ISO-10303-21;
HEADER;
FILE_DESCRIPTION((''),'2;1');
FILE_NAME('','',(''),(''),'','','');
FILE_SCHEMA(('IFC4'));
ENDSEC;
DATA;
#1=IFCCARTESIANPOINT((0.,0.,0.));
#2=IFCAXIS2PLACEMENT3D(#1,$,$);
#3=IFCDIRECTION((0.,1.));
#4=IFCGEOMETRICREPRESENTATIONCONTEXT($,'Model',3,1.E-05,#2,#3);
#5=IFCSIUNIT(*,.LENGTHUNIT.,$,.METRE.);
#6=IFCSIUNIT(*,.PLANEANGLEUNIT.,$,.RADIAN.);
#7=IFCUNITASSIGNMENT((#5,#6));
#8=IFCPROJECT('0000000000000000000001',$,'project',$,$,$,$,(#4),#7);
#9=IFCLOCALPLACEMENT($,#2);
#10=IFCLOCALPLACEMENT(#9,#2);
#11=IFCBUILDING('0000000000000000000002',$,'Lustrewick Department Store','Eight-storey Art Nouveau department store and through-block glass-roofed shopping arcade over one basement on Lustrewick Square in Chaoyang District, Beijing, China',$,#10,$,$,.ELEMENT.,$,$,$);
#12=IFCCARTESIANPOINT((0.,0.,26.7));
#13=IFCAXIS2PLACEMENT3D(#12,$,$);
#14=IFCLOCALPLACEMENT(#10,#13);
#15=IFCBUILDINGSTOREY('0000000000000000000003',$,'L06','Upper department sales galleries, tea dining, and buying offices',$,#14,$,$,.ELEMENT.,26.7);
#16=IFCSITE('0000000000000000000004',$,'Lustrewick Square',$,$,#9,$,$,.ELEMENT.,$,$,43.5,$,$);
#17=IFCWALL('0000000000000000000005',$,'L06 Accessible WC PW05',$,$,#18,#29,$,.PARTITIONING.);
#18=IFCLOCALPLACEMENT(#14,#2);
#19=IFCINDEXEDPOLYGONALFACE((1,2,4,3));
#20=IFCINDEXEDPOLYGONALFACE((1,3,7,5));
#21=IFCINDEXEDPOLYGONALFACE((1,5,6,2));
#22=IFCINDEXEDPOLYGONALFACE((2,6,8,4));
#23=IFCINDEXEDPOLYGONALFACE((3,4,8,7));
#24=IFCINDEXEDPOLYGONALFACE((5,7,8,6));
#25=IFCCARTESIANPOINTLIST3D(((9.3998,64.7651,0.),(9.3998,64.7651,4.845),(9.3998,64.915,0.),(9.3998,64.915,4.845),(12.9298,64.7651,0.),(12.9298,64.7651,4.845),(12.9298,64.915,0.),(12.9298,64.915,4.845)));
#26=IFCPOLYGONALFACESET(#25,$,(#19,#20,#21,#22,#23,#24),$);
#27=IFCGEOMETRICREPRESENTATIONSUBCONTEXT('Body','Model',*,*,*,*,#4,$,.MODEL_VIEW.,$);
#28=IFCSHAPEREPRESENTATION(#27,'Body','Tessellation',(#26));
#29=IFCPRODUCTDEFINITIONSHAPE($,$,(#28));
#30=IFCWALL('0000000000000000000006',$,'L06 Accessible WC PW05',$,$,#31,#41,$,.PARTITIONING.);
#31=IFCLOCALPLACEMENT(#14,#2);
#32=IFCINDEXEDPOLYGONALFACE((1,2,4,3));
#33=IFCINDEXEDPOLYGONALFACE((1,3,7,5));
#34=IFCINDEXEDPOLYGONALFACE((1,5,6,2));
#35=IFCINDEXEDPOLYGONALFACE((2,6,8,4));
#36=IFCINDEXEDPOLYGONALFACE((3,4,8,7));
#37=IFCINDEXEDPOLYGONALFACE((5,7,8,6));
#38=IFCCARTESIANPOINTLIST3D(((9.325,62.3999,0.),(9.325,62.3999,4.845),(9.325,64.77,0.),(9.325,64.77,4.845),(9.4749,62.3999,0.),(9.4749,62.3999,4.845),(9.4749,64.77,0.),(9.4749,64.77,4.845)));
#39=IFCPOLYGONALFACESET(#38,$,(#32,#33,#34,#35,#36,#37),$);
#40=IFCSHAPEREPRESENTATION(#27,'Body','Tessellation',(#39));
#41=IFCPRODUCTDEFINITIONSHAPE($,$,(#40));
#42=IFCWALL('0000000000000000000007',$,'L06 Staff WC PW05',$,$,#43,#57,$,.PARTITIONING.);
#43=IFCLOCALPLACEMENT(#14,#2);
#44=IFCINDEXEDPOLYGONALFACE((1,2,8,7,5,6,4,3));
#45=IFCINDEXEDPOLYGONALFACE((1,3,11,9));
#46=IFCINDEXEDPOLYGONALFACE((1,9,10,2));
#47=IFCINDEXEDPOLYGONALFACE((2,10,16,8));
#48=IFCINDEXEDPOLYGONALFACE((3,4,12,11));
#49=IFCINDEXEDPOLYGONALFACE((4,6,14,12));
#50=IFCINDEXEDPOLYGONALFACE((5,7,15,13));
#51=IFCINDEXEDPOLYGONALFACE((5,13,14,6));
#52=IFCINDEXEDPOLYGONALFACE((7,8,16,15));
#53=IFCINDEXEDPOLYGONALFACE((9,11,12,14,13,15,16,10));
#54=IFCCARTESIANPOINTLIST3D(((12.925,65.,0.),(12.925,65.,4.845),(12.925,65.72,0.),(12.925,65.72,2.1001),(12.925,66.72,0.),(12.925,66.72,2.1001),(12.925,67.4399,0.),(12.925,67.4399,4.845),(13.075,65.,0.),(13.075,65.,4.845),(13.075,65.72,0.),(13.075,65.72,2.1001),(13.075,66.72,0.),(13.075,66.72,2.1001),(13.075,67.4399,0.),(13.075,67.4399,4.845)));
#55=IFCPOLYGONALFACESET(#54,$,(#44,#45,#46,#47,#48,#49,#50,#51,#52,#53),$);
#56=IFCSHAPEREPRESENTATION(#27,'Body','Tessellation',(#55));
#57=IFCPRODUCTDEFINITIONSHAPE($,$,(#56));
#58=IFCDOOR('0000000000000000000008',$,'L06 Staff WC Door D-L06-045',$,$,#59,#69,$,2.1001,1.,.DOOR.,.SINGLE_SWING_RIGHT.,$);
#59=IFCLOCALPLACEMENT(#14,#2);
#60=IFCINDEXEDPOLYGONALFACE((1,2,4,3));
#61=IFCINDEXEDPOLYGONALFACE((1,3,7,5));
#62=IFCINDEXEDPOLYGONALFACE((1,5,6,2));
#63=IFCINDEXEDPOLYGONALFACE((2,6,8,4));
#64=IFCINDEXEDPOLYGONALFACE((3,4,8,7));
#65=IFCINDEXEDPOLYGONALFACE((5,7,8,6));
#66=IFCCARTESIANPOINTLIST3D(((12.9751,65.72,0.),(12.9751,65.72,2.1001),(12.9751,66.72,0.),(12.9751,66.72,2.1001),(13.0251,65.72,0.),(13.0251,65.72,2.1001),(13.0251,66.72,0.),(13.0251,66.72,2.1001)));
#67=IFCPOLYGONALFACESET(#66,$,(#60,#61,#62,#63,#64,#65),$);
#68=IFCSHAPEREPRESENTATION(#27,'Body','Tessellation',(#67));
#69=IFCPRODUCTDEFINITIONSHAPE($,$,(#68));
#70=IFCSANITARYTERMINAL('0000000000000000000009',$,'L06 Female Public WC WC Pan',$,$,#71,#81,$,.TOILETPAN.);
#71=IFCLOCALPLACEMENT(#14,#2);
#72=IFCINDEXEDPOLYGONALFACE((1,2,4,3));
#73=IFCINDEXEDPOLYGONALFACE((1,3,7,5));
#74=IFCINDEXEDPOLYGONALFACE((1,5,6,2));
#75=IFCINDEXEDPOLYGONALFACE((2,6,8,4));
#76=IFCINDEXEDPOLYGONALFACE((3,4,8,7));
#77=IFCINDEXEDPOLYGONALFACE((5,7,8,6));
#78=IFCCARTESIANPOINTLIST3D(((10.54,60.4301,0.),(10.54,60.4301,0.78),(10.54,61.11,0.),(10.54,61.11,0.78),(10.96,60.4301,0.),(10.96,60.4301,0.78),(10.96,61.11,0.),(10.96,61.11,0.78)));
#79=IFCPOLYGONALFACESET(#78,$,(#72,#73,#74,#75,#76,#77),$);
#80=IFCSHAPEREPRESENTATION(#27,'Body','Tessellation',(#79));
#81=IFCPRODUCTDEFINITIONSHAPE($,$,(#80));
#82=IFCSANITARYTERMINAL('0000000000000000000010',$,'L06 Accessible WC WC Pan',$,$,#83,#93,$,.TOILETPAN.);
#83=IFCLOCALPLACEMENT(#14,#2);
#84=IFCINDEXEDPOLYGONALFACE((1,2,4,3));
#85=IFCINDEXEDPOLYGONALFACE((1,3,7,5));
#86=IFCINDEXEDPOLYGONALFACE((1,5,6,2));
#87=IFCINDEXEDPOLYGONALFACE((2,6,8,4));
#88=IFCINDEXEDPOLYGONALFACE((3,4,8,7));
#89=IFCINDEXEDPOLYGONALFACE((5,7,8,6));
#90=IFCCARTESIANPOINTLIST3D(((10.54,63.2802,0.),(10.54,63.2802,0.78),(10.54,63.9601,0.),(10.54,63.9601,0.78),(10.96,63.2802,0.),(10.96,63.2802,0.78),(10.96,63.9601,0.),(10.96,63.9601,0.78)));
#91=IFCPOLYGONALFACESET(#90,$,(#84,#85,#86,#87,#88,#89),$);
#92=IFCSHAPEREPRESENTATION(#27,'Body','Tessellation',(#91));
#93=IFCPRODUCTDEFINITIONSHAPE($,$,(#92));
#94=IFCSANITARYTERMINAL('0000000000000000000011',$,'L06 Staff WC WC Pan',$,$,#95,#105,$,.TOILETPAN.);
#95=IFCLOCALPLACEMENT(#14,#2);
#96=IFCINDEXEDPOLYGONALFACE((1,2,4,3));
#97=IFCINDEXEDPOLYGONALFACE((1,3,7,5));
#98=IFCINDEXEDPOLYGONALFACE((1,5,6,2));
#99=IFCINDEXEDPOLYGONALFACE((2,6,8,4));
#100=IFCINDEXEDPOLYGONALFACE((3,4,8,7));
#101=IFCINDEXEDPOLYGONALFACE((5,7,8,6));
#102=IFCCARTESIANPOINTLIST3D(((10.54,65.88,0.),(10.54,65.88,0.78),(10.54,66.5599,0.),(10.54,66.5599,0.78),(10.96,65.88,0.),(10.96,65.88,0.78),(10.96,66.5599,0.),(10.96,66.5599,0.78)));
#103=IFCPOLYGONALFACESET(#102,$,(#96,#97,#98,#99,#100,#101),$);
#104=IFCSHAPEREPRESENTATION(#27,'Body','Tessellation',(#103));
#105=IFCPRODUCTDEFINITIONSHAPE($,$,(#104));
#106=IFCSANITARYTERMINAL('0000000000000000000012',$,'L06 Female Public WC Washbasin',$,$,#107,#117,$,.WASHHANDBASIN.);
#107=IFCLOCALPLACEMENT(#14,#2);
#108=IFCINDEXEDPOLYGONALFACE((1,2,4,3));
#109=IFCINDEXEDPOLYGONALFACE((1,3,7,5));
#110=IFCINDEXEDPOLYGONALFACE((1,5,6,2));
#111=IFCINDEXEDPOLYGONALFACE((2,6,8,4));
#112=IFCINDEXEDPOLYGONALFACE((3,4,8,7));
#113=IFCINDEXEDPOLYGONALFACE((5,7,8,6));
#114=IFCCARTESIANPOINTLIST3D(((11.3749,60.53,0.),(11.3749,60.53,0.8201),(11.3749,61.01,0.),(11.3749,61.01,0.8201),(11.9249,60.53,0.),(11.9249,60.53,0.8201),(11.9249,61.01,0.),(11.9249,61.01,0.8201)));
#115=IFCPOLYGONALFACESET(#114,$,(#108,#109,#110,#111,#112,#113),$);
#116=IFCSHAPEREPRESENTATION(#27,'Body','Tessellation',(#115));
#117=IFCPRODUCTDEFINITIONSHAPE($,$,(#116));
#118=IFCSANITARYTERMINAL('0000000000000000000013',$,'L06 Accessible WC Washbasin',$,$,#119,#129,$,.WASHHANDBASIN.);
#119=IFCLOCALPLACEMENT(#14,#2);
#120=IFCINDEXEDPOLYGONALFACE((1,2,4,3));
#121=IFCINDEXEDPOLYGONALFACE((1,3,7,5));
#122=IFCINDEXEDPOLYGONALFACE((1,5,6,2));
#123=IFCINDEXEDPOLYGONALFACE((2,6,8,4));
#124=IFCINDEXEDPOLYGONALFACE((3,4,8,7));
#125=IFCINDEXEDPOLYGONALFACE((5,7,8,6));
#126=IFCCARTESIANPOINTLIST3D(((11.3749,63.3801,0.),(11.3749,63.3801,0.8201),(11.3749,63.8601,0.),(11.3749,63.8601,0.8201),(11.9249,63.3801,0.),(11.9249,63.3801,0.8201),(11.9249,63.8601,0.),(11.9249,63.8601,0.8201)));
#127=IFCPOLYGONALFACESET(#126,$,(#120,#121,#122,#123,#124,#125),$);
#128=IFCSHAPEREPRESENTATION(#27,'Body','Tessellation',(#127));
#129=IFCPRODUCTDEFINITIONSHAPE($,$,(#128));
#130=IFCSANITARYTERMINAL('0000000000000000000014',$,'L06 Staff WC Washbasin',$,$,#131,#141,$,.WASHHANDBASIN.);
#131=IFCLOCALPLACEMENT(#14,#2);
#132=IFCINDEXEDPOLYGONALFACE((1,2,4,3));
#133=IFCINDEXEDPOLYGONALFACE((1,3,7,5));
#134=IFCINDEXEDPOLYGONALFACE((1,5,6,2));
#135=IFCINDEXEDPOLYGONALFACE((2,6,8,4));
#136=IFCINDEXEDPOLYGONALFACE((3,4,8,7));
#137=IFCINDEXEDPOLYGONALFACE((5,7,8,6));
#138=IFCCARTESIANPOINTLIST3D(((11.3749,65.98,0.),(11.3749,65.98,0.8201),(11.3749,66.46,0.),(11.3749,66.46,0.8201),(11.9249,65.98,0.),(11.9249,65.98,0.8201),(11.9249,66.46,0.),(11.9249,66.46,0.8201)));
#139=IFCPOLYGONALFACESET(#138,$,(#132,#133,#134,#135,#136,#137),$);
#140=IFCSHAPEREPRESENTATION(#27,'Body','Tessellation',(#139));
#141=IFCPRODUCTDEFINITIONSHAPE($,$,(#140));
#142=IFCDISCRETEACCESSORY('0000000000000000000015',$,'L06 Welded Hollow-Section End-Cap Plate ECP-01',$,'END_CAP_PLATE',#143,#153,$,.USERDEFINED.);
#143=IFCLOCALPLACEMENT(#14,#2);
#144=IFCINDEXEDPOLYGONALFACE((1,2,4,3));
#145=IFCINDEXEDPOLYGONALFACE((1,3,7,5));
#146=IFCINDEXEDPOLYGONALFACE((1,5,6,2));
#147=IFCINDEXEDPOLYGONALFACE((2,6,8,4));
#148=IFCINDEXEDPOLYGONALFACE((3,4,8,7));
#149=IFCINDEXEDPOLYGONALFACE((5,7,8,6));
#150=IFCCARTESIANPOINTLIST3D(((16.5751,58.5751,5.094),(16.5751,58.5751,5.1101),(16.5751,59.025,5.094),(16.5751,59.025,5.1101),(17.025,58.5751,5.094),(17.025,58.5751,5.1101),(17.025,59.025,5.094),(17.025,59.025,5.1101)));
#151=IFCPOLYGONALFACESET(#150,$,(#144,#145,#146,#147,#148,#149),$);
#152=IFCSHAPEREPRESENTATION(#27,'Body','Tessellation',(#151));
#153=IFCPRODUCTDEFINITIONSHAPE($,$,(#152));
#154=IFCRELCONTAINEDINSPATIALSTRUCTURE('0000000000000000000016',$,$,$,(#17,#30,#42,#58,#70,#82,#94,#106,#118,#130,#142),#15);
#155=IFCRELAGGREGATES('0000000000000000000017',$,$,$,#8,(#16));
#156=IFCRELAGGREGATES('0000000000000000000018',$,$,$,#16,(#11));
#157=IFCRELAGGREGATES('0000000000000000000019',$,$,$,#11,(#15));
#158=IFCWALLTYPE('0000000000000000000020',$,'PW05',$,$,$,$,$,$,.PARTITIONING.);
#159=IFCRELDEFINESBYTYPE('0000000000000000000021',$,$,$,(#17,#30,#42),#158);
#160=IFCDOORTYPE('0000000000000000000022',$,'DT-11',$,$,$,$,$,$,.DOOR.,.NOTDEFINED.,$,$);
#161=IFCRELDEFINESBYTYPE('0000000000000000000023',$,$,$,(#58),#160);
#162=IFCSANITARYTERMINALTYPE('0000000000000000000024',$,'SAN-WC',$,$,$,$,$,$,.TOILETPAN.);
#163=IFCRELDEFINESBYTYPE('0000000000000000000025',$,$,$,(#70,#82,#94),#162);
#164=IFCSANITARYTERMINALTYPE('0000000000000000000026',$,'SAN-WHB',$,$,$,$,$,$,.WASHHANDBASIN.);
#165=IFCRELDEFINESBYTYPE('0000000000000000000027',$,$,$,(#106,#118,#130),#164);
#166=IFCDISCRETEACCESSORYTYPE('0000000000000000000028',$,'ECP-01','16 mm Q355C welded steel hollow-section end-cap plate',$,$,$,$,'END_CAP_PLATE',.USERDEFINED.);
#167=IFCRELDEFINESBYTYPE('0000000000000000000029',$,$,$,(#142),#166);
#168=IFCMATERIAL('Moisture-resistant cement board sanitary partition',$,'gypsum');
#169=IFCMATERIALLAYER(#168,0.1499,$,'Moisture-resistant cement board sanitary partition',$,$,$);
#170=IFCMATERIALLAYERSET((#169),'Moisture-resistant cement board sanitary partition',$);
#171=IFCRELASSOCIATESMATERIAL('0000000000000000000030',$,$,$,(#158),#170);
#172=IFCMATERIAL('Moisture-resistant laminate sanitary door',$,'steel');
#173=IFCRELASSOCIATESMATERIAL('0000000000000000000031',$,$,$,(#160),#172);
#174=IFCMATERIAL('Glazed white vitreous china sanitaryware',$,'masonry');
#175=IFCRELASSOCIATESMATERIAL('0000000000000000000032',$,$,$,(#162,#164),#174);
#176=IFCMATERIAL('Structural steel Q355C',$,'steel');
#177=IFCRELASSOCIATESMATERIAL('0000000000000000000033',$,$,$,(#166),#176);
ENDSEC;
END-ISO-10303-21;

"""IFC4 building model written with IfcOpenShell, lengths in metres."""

from ifc_helpers import new_model, si_unit, direction, frame, frame_2d, origin, origin_2d, place, context, subcontext, project, spatial, rectangle, extrude, material, layer, layer_set, type_object, element, fill, save


model = new_model("IFC4")

# Units and contexts
model_context = context("Model", 3, precision=1e-05, world=origin(), true_north=direction((0.0, 1.0)))
body_context = subcontext(model_context, "Body", "Model", "MODEL_VIEW")
ifc_project = project(units=[si_unit("LENGTHUNIT", "METRE"), si_unit("PLANEANGLEUNIT", "RADIAN")], contexts=[model_context])

# Site, building, storey
site_placement = place(None, origin())
site = spatial("IfcSite", under=ifc_project, at=site_placement, Name="Lustrewick Square", CompositionType="ELEMENT", RefElevation=43.5)
building_placement = place(site_placement, origin())
building = spatial("IfcBuilding", under=site, at=building_placement, Name="Lustrewick Department Store", Description="Eight-storey Art Nouveau department store and through-block glass-roofed shopping arcade over one basement on Lustrewick Square in Chaoyang District, Beijing, China", CompositionType="ELEMENT")
storey_placement = place(building_placement, frame((0.0, 0.0, 26.7)))
storey = spatial("IfcBuildingStorey", under=building, at=storey_placement, Name="L06", Description="Upper department sales galleries, tea dining, and buying offices", CompositionType="ELEMENT", Elevation=26.7)

# Shared definitions
ifc_material_1 = material(Name="Structural steel Q355C", Category="steel")

# Shared definitions
ifc_material_2 = material(Name="Moisture-resistant cement board sanitary partition", Category="gypsum")
ifc_layer = layer(ifc_material_2, 0.1499, Name="Moisture-resistant cement board sanitary partition")
ifc_layer_set = layer_set([ifc_layer], Name="Moisture-resistant cement board sanitary partition")
wall_type = type_object("IfcWallType", Name="PW05", PredefinedType="PARTITIONING", material=ifc_layer_set)

# Shared definitions
ifc_material_3 = material(Name="Moisture-resistant laminate sanitary door", Category="steel")
door_type_1 = type_object("IfcDoorType", Name="DT-11", OperationType="NOTDEFINED", PredefinedType="DOOR", material=ifc_material_3)

# Walls
wall_1_placement = place(storey_placement, frame((12.9299, 64.8401, 0.0), z_axis=(0.0, 0.0, 1.0), x_axis=(-1.0, 0.0, 0.0)))
element("IfcWall", 1, at=wall_1_placement, inside=storey, type_object=wall_type, Name="L06 Accessible WC PW05", PredefinedType="PARTITIONING", context=body_context, shape_type="SweptSolid", body=[
    extrude(rectangle(XDim=3.53, YDim=0.1499, at=frame_2d((1.7651, 0.0))), origin(), (0.0, 0.0, 1.0), 4.845),
])
wall_2_placement = place(storey_placement, frame((9.3999, 64.77, 0.0), z_axis=(0.0, 0.0, 1.0), x_axis=(0.0, -1.0, 0.0)))
element("IfcWall", 2, at=wall_2_placement, inside=storey, type_object=wall_type, Name="L06 Accessible WC PW05", PredefinedType="PARTITIONING", context=body_context, shape_type="SweptSolid", body=[
    extrude(rectangle(XDim=2.3701, YDim=0.1499, at=frame_2d((1.1851, 0.0))), origin(), (0.0, 0.0, 1.0), 4.845),
])

# Wall, opening, door
wall_3_placement = place(storey_placement, frame((13.0, 65.0, 0.0), z_axis=(0.0, 0.0, 1.0), x_axis=(0.0, 1.0, 0.0)))
wall_3 = element("IfcWall", 3, at=wall_3_placement, inside=storey, type_object=wall_type, Name="L06 Staff WC PW05", PredefinedType="PARTITIONING", context=body_context, shape_type="SweptSolid", body=[
    extrude(rectangle(XDim=2.4399, YDim=0.1499, at=frame_2d((1.22, 0.0))), origin(), (0.0, 0.0, 1.0), 4.845),
])
opening_1_placement = place(wall_3_placement, frame((0.72, 0.0, 0.0)))
opening_1 = element("IfcOpeningElement", 4, at=opening_1_placement, cuts=wall_3, PredefinedType="OPENING", context=body_context, shape_type="SweptSolid", body=[
    extrude(rectangle(XDim=1.0, YDim=2.1001, at=frame_2d((0.5, 1.05))), frame((0.0, 0.085, 0.0), z_axis=(0.0, -1.0, 0.0), x_axis=(1.0, 0.0, 0.0)), (0.0, 0.0, 1.0), 0.1699),
])
door_1_placement = place(opening_1_placement, origin())
door_1 = element("IfcDoor", 5, at=door_1_placement, inside=storey, type_object=door_type_1, Name="L06 Staff WC Door D-L06-045", OperationType="SINGLE_SWING_RIGHT", OverallHeight=2.1001, OverallWidth=1.0, PredefinedType="DOOR", context=body_context, shape_type="SweptSolid", body=[
    extrude(rectangle(XDim=1.0, YDim=2.1001, at=frame_2d((0.5, 1.05))), frame((0.0, 0.0249, 0.0), z_axis=(0.0, -1.0, 0.0), x_axis=(1.0, 0.0, 0.0)), (0.0, 0.0, 1.0), 0.05),
])
fill(opening_1, door_1)

# Sanitary terminals
ifc_material_4 = material(Name="Glazed white vitreous china sanitaryware", Category="masonry")
sanitary_terminal_type_1 = type_object("IfcSanitaryTerminalType", Name="SAN-WC", PredefinedType="TOILETPAN", material=ifc_material_4)
for number, where, z_axis, x_axis, name in (
    (6, (10.75, 60.77, 0.0), (0.0, 0.0, 1.0), (1.0, 0.0, 0.0), "L06 Female Public WC WC Pan"),
    (7, (10.75, 63.6201, 0.0), (0.0, 0.0, 1.0), (1.0, 0.0, 0.0), "L06 Accessible WC WC Pan"),
    (8, (10.75, 66.22, 0.0), (0.0, 0.0, 1.0), (1.0, 0.0, 0.0), "L06 Staff WC WC Pan"),
):
    element("IfcSanitaryTerminal", number, at=place(storey_placement, frame(where, z_axis=z_axis, x_axis=x_axis)), inside=storey, type_object=sanitary_terminal_type_1, Name=name, PredefinedType="TOILETPAN", context=body_context, shape_type="SweptSolid", body=[
        extrude(rectangle(XDim=0.4199, YDim=0.6799, at=origin_2d()), origin(), (0.0, 0.0, 1.0), 0.78),
    ])
sanitary_terminal_type_2 = type_object("IfcSanitaryTerminalType", Name="SAN-WHB", PredefinedType="WASHHANDBASIN", material=ifc_material_4)
for number, where, z_axis, x_axis, name in (
    (9, (11.6499, 60.77, 0.0), (0.0, 0.0, 1.0), (1.0, 0.0, 0.0), "L06 Female Public WC Washbasin"),
    (10, (11.6499, 63.6201, 0.0), (0.0, 0.0, 1.0), (1.0, 0.0, 0.0), "L06 Accessible WC Washbasin"),
    (11, (11.6499, 66.22, 0.0), (0.0, 0.0, 1.0), (1.0, 0.0, 0.0), "L06 Staff WC Washbasin"),
):
    element("IfcSanitaryTerminal", number, at=place(storey_placement, frame(where, z_axis=z_axis, x_axis=x_axis)), inside=storey, type_object=sanitary_terminal_type_2, Name=name, PredefinedType="WASHHANDBASIN", context=body_context, shape_type="SweptSolid", body=[
        extrude(rectangle(XDim=0.55, YDim=0.48, at=origin_2d()), origin(), (0.0, 0.0, 1.0), 0.8201),
    ])

# Discrete accessory
discrete_accessory_type = type_object("IfcDiscreteAccessoryType", Name="ECP-01", Description="16 mm Q355C welded steel hollow-section end-cap plate", ElementType="END_CAP_PLATE", PredefinedType="USERDEFINED", material=ifc_material_1)
discrete_accessory_placement = place(storey_placement, frame((16.8, 58.8, 5.094), z_axis=(0.0, 0.0, 1.0), x_axis=(1.0, 0.0, 0.0)))
element("IfcDiscreteAccessory", 12, at=discrete_accessory_placement, inside=storey, type_object=discrete_accessory_type, Name="L06 Welded Hollow-Section End-Cap Plate ECP-01", ObjectType="END_CAP_PLATE", PredefinedType="USERDEFINED", context=body_context, shape_type="SweptSolid", body=[
    extrude(rectangle(XDim=0.45, YDim=0.45, at=origin_2d()), origin(), (0.0, 0.0, 1.0), 0.0161),
])

save(model, "model.ifc")
